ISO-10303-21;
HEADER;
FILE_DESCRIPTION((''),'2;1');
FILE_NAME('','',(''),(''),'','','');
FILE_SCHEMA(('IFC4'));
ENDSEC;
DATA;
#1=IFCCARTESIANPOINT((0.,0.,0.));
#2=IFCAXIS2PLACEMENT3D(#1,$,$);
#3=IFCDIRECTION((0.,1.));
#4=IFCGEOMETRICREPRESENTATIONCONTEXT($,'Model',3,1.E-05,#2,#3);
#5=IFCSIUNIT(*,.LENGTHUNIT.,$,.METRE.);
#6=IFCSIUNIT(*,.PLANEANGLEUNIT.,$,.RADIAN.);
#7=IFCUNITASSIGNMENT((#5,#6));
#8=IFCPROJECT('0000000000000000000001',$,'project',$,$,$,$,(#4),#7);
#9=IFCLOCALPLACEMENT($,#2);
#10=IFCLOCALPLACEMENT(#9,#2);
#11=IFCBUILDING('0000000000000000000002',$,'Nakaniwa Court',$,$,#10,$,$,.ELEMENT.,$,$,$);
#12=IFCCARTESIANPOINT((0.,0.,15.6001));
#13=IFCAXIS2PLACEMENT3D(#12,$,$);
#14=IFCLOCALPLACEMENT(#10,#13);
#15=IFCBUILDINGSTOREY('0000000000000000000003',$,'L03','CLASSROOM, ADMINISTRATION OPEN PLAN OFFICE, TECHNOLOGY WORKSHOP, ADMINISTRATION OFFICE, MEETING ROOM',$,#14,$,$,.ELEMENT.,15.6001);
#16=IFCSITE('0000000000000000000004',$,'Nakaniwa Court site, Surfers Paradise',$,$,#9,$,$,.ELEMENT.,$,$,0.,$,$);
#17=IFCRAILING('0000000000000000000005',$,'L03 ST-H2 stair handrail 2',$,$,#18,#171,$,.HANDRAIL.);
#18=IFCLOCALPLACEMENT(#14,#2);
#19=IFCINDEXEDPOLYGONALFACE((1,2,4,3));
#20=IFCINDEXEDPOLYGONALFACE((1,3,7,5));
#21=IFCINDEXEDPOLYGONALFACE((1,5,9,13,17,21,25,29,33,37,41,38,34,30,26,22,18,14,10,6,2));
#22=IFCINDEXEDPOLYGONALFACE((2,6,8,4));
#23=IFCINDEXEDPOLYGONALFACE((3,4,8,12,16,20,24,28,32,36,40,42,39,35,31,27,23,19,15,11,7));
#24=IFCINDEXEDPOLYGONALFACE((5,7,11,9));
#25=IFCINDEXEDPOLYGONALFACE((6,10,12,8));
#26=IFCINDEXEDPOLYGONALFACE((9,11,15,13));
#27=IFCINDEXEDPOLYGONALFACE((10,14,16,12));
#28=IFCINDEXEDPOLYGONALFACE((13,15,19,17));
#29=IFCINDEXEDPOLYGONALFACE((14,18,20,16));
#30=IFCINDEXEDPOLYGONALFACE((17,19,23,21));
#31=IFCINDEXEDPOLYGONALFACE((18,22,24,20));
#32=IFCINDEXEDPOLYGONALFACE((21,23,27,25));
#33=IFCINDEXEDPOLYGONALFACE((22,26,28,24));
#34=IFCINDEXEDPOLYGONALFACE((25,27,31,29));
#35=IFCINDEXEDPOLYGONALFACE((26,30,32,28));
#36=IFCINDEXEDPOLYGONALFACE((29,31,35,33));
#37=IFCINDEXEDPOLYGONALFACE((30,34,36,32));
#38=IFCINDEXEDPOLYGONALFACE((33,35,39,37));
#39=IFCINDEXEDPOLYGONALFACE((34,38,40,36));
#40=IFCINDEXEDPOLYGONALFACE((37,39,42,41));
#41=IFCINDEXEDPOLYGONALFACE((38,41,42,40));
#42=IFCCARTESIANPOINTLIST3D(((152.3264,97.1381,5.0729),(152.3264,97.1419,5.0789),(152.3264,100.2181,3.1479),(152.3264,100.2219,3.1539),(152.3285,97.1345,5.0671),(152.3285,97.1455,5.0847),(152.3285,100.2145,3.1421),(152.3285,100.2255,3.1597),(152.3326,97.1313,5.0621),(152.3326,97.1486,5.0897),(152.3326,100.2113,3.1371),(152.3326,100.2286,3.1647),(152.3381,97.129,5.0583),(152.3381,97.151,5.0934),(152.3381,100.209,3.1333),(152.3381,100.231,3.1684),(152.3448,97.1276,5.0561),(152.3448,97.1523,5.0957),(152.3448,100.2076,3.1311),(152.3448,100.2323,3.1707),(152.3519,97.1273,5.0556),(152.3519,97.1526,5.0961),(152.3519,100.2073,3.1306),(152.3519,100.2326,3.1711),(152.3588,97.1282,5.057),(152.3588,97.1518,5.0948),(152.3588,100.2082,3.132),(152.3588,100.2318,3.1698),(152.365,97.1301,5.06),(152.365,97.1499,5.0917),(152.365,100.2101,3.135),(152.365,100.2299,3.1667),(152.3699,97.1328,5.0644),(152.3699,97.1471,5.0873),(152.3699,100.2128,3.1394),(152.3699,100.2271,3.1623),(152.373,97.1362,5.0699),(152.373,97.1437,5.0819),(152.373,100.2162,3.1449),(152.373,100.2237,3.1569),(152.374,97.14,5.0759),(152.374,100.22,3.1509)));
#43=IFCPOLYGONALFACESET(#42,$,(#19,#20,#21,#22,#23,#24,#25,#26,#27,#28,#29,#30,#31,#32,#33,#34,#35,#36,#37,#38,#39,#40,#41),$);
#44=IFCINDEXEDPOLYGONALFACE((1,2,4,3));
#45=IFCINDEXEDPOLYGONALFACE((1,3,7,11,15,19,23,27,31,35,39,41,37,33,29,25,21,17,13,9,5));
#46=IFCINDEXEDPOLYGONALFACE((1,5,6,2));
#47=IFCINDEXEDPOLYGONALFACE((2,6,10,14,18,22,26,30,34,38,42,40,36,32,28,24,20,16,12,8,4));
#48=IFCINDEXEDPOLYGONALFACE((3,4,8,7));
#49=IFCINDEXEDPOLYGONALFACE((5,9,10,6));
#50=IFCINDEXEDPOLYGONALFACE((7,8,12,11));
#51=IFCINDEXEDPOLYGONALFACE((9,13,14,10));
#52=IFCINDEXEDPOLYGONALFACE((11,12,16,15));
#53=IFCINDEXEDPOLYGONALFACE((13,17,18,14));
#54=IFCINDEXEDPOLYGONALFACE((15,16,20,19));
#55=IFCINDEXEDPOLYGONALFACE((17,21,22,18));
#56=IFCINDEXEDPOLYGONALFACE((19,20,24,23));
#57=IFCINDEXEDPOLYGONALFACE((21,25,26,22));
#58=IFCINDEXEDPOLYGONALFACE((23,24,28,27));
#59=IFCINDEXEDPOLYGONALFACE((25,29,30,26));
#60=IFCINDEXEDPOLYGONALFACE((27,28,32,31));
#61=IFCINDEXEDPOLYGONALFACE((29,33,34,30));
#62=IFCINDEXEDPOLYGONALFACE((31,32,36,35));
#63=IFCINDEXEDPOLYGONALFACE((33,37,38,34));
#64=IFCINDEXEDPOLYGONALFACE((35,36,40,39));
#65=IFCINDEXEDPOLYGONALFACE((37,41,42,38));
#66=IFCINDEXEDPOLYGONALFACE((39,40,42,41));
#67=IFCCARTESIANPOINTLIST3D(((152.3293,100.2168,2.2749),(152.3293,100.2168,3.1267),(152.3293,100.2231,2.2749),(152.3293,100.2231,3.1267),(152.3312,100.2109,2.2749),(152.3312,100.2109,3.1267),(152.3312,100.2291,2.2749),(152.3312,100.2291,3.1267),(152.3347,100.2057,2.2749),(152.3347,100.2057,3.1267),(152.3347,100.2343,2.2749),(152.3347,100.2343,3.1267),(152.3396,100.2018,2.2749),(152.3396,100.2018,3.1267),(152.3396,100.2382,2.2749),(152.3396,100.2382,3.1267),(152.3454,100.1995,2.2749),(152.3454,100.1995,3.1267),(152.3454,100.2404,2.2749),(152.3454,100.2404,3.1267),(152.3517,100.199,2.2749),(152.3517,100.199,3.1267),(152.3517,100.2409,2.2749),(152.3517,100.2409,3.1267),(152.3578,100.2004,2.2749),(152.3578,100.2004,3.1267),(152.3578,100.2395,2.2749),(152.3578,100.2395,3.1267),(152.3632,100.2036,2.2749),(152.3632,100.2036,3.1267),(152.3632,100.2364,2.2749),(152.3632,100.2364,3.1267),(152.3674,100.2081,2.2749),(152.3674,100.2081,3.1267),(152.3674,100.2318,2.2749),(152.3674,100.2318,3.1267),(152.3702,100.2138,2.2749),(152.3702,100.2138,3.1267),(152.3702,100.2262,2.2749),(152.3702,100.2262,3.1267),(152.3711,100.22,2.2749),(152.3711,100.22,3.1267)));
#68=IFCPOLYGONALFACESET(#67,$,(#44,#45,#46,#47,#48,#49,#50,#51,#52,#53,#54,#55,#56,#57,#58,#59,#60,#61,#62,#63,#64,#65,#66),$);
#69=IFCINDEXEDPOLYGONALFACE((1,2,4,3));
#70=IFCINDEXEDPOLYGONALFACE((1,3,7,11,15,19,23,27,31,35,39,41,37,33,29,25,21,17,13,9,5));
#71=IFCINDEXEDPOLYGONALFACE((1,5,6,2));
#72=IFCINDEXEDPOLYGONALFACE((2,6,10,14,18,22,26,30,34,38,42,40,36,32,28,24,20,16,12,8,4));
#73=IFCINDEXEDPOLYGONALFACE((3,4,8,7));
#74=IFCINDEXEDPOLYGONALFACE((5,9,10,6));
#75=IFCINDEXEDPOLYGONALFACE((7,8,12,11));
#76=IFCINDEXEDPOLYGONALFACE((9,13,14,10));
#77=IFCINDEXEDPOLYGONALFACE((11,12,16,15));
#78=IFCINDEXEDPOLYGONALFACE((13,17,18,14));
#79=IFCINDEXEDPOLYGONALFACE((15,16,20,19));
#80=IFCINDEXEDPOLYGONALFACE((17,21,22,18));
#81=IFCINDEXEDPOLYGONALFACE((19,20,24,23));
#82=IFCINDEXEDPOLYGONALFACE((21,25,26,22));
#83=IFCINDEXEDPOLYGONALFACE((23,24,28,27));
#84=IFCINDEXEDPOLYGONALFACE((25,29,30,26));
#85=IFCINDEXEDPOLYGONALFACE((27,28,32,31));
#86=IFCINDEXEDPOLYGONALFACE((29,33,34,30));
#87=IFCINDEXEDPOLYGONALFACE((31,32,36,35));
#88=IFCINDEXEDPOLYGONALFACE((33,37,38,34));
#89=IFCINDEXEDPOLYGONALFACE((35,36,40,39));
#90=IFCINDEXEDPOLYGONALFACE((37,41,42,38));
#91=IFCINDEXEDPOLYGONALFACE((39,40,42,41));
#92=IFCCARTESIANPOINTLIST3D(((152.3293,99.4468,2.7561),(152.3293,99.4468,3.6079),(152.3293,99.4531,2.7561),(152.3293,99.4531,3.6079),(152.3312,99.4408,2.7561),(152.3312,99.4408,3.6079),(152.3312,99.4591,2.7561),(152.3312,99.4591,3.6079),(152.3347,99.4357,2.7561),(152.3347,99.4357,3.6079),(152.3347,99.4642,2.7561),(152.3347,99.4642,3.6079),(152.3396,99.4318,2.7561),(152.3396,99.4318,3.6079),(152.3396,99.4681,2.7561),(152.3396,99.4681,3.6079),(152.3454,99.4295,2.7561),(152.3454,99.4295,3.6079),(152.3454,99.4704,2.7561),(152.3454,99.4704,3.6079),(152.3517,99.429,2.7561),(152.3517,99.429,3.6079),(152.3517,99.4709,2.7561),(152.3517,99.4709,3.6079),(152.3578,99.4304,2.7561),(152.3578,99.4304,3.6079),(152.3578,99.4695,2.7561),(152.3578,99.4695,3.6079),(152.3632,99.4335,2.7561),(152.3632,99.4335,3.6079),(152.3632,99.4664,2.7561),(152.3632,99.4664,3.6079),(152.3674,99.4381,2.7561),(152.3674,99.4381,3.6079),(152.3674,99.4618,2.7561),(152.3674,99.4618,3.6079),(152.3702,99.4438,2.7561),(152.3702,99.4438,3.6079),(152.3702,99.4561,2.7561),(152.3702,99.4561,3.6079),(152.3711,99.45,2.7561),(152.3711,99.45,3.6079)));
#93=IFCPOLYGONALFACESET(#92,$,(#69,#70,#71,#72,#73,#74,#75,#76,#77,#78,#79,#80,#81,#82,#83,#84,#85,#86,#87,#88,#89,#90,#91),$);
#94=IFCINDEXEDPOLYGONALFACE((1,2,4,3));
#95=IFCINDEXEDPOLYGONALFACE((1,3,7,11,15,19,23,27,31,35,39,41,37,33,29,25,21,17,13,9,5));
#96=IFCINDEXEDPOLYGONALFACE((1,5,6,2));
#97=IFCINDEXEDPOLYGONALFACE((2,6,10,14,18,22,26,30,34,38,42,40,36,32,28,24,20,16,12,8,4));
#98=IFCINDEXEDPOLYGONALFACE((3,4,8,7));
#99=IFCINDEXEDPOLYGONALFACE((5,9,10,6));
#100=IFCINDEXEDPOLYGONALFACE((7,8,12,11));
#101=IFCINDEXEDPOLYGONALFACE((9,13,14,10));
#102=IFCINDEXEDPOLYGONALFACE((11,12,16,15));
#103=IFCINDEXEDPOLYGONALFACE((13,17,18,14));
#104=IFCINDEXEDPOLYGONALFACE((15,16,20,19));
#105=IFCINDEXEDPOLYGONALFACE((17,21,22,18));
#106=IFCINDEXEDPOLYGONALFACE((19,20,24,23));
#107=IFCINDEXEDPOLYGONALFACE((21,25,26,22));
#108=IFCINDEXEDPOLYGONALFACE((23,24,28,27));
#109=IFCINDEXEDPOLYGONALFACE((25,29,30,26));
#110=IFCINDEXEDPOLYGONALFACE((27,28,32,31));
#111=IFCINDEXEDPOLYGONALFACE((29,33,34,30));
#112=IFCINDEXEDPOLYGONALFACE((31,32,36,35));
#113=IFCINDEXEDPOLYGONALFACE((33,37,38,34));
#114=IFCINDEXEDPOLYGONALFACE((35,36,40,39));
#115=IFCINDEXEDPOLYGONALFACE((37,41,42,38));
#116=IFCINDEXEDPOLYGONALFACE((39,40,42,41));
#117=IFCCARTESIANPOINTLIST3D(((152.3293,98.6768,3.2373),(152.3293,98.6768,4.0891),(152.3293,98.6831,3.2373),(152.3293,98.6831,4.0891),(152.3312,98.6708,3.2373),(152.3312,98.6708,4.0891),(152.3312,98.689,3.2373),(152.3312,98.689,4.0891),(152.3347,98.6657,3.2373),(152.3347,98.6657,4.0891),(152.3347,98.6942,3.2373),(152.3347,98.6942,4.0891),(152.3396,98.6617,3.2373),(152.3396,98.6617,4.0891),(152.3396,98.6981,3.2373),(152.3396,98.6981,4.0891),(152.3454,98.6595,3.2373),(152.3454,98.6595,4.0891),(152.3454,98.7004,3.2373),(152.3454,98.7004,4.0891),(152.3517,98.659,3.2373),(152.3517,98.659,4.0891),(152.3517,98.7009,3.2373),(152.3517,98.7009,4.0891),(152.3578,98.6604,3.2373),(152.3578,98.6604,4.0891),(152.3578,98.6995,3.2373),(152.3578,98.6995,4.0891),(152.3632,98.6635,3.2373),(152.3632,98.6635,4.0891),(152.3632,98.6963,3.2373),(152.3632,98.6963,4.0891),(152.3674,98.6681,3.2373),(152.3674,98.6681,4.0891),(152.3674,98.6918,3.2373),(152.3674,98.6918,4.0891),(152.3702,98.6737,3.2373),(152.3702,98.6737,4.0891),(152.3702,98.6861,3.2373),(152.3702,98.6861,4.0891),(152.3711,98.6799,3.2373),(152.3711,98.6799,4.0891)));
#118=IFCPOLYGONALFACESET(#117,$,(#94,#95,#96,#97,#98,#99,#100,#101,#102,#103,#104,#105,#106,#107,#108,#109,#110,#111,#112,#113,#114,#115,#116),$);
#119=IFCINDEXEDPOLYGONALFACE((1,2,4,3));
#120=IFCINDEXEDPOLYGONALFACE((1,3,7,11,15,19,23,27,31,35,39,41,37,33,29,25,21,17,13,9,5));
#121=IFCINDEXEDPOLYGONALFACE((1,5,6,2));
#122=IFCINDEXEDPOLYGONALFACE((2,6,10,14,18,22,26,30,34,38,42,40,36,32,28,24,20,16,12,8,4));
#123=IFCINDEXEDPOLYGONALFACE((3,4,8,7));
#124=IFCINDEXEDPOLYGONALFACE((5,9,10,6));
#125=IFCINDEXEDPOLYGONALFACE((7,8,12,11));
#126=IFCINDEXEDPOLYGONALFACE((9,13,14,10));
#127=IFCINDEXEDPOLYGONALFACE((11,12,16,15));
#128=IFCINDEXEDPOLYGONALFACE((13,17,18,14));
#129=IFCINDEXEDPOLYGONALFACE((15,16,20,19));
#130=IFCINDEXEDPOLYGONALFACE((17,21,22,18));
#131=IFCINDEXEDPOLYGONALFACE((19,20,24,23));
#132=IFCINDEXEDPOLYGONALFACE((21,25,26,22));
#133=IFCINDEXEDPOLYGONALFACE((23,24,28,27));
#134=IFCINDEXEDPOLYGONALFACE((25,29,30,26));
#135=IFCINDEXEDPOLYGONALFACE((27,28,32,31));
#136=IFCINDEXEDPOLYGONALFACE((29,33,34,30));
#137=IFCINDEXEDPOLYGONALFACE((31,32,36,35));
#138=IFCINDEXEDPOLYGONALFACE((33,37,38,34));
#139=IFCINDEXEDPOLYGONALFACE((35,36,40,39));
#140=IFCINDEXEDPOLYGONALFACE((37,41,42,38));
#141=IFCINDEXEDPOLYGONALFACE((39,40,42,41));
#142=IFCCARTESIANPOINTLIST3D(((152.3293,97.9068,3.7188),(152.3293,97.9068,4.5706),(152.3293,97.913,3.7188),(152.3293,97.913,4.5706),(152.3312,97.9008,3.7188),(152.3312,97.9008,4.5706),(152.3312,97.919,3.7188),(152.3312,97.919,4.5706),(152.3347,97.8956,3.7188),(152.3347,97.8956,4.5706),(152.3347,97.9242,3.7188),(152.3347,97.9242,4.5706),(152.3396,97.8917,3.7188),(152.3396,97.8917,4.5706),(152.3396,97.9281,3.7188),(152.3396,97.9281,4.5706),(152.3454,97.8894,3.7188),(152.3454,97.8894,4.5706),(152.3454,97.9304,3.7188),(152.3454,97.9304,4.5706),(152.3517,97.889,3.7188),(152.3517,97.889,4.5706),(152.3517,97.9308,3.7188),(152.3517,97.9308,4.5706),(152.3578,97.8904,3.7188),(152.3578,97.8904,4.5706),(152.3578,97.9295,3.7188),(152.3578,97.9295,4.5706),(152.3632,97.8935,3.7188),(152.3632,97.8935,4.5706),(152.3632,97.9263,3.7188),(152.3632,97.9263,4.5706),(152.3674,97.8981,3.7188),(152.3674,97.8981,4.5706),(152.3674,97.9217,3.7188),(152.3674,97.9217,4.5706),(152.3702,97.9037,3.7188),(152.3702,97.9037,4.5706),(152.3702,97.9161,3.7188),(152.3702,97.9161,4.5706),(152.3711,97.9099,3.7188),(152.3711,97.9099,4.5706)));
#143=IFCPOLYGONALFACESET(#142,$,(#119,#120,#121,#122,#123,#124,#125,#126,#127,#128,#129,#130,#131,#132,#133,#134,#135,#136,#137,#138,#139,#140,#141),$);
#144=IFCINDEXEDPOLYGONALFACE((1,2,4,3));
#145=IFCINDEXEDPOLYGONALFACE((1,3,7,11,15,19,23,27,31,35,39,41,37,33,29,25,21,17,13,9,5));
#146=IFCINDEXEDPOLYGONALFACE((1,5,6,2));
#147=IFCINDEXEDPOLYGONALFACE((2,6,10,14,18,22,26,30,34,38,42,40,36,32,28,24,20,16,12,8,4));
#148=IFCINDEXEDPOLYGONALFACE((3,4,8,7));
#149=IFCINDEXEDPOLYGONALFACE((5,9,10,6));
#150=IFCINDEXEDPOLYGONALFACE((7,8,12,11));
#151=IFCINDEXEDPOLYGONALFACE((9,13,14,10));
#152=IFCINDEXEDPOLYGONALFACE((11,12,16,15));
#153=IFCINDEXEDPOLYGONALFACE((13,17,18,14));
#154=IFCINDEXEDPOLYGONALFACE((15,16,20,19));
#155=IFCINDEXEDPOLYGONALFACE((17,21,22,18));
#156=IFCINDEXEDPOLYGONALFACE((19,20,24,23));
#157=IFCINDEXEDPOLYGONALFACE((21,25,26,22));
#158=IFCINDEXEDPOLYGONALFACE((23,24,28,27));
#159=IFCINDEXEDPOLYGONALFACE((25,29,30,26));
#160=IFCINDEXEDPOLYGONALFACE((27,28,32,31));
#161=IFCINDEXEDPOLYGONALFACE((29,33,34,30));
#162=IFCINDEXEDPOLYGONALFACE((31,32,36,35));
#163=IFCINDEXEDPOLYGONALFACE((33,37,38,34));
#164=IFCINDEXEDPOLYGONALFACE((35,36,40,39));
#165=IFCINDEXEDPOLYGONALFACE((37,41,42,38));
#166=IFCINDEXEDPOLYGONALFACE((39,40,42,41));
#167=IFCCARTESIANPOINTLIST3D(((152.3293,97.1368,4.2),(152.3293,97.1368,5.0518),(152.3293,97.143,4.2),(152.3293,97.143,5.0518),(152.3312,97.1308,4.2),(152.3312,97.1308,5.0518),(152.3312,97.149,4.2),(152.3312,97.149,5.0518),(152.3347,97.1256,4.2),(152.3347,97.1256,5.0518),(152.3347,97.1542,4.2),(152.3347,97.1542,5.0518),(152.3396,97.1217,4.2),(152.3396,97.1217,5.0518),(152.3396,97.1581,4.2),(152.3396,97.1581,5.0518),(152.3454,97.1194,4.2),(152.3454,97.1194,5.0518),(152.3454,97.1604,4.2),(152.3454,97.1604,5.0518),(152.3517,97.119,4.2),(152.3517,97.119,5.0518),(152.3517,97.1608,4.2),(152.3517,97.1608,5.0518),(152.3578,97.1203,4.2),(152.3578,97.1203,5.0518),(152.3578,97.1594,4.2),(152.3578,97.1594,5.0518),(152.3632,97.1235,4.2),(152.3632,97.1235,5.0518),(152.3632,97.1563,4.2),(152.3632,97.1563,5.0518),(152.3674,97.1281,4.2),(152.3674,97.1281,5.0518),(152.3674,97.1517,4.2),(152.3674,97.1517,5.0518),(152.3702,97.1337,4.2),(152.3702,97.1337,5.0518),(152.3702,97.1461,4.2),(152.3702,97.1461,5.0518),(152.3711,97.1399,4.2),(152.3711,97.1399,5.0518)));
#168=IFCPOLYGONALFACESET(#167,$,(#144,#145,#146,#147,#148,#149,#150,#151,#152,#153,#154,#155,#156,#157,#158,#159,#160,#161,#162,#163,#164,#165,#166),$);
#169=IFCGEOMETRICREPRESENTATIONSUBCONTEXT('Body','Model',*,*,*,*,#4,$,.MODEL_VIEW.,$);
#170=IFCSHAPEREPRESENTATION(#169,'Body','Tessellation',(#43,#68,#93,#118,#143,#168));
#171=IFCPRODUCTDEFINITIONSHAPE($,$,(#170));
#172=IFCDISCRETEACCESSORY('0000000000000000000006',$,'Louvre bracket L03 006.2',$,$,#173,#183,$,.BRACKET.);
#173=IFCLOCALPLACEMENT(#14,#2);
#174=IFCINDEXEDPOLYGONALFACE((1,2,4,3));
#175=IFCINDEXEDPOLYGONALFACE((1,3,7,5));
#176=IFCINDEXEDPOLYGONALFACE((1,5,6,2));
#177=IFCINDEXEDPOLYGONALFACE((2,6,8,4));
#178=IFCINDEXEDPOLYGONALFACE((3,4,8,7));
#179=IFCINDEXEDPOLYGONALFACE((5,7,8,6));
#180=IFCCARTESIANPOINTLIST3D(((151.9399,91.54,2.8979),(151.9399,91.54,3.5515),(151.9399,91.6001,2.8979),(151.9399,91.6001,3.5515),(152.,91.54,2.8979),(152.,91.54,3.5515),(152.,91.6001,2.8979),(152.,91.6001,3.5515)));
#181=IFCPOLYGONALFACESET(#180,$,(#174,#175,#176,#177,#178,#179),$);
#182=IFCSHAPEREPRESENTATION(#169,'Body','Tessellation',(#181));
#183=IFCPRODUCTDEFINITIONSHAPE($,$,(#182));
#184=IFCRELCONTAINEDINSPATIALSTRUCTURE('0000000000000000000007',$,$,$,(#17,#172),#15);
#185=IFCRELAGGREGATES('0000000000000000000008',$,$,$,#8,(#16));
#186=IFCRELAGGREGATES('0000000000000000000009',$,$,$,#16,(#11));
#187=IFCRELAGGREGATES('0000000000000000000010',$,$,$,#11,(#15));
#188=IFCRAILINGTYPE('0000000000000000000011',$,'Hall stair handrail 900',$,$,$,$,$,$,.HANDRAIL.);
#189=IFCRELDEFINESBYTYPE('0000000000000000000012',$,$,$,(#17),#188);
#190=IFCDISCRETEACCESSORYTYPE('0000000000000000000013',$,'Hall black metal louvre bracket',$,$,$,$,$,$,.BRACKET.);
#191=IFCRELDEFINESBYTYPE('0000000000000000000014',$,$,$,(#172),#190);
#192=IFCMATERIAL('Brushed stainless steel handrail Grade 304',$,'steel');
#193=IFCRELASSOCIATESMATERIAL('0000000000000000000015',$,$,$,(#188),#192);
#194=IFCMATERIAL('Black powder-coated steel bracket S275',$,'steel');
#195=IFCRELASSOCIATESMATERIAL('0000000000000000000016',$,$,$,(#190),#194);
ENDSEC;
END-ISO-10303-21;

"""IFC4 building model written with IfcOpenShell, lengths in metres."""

from ifc_helpers import new_model, si_unit, direction, frame, origin, origin_2d, place, context, subcontext, project, spatial, rectangle, circle, extrude, material, type_object, element, save


model = new_model("IFC4")

# Units and contexts
model_context = context("Model", 3, precision=1e-05, world=origin(), true_north=direction((0.0, 1.0)))
body_context = subcontext(model_context, "Body", "Model", "MODEL_VIEW")
ifc_project = project(units=[si_unit("LENGTHUNIT", "METRE"), si_unit("PLANEANGLEUNIT", "RADIAN")], contexts=[model_context])

# Site, building, storey
site_placement = place(None, origin())
site = spatial("IfcSite", under=ifc_project, at=site_placement, Name="Nakaniwa Court site, Surfers Paradise", CompositionType="ELEMENT", RefElevation=0.0)
building_placement = place(site_placement, origin())
building = spatial("IfcBuilding", under=site, at=building_placement, Name="Nakaniwa Court", CompositionType="ELEMENT")
storey_placement = place(building_placement, frame((0.0, 0.0, 15.6001)))
storey = spatial("IfcBuildingStorey", under=building, at=storey_placement, Name="L03", Description="CLASSROOM, ADMINISTRATION OPEN PLAN OFFICE, TECHNOLOGY WORKSHOP, ADMINISTRATION OFFICE, MEETING ROOM", CompositionType="ELEMENT", Elevation=15.6001)

# Railing
ifc_material_1 = material(Name="Brushed stainless steel handrail Grade 304", Category="steel")
railing_type_1 = type_object("IfcRailingType", Name="Hall stair handrail 900", PredefinedType="HANDRAIL", material=ifc_material_1)
railing_1_placement = place(storey_placement, frame((152.3501, 100.22, 2.2749)))
element("IfcRailing", 1, at=railing_1_placement, inside=storey, type_object=railing_type_1, Name="L03 ST-H2 stair handrail 2", PredefinedType="HANDRAIL", context=body_context, shape_type="SweptSolid", body=[
    extrude(circle(Radius=0.0239, at=origin_2d()), frame((0.0, 0.0, 0.876), z_axis=(0.0, -0.847998, 0.529999), x_axis=(1.0, 0.0, 0.0)), (0.0, 0.0, 1.0), 3.6321),
    extrude(circle(Radius=0.021, at=origin_2d()), origin(), (0.0, 0.0, 1.0), 0.8518),
    extrude(circle(Radius=0.021, at=origin_2d()), frame((0.0, -0.77, 0.4812)), (0.0, 0.0, 1.0), 0.8518),
    extrude(circle(Radius=0.021, at=origin_2d()), frame((0.0, -1.54, 0.9624)), (0.0, 0.0, 1.0), 0.8518),
    extrude(circle(Radius=0.021, at=origin_2d()), frame((0.0, -2.3101, 1.4438)), (0.0, 0.0, 1.0), 0.8518),
    extrude(circle(Radius=0.021, at=origin_2d()), frame((0.0, -3.0801, 1.925)), (0.0, 0.0, 1.0), 0.8518),
])

# Discrete accessory
ifc_material_2 = material(Name="Black powder-coated steel bracket S275", Category="steel")
discrete_accessory_type = type_object("IfcDiscreteAccessoryType", Name="Hall black metal louvre bracket", PredefinedType="BRACKET", material=ifc_material_2)
discrete_accessory_placement = place(storey_placement, frame((151.97, 91.5701, 2.8979), z_axis=(0.0, 0.0, 1.0), x_axis=(0.0, 1.0, 0.0)))
element("IfcDiscreteAccessory", 2, at=discrete_accessory_placement, inside=storey, type_object=discrete_accessory_type, Name="Louvre bracket L03 006.2", PredefinedType="BRACKET", context=body_context, shape_type="SweptSolid", body=[
    extrude(rectangle(XDim=0.0601, YDim=0.0601, at=origin_2d()), origin(), (0.0, 0.0, 1.0), 0.6536),
])

save(model, "model.ifc")
